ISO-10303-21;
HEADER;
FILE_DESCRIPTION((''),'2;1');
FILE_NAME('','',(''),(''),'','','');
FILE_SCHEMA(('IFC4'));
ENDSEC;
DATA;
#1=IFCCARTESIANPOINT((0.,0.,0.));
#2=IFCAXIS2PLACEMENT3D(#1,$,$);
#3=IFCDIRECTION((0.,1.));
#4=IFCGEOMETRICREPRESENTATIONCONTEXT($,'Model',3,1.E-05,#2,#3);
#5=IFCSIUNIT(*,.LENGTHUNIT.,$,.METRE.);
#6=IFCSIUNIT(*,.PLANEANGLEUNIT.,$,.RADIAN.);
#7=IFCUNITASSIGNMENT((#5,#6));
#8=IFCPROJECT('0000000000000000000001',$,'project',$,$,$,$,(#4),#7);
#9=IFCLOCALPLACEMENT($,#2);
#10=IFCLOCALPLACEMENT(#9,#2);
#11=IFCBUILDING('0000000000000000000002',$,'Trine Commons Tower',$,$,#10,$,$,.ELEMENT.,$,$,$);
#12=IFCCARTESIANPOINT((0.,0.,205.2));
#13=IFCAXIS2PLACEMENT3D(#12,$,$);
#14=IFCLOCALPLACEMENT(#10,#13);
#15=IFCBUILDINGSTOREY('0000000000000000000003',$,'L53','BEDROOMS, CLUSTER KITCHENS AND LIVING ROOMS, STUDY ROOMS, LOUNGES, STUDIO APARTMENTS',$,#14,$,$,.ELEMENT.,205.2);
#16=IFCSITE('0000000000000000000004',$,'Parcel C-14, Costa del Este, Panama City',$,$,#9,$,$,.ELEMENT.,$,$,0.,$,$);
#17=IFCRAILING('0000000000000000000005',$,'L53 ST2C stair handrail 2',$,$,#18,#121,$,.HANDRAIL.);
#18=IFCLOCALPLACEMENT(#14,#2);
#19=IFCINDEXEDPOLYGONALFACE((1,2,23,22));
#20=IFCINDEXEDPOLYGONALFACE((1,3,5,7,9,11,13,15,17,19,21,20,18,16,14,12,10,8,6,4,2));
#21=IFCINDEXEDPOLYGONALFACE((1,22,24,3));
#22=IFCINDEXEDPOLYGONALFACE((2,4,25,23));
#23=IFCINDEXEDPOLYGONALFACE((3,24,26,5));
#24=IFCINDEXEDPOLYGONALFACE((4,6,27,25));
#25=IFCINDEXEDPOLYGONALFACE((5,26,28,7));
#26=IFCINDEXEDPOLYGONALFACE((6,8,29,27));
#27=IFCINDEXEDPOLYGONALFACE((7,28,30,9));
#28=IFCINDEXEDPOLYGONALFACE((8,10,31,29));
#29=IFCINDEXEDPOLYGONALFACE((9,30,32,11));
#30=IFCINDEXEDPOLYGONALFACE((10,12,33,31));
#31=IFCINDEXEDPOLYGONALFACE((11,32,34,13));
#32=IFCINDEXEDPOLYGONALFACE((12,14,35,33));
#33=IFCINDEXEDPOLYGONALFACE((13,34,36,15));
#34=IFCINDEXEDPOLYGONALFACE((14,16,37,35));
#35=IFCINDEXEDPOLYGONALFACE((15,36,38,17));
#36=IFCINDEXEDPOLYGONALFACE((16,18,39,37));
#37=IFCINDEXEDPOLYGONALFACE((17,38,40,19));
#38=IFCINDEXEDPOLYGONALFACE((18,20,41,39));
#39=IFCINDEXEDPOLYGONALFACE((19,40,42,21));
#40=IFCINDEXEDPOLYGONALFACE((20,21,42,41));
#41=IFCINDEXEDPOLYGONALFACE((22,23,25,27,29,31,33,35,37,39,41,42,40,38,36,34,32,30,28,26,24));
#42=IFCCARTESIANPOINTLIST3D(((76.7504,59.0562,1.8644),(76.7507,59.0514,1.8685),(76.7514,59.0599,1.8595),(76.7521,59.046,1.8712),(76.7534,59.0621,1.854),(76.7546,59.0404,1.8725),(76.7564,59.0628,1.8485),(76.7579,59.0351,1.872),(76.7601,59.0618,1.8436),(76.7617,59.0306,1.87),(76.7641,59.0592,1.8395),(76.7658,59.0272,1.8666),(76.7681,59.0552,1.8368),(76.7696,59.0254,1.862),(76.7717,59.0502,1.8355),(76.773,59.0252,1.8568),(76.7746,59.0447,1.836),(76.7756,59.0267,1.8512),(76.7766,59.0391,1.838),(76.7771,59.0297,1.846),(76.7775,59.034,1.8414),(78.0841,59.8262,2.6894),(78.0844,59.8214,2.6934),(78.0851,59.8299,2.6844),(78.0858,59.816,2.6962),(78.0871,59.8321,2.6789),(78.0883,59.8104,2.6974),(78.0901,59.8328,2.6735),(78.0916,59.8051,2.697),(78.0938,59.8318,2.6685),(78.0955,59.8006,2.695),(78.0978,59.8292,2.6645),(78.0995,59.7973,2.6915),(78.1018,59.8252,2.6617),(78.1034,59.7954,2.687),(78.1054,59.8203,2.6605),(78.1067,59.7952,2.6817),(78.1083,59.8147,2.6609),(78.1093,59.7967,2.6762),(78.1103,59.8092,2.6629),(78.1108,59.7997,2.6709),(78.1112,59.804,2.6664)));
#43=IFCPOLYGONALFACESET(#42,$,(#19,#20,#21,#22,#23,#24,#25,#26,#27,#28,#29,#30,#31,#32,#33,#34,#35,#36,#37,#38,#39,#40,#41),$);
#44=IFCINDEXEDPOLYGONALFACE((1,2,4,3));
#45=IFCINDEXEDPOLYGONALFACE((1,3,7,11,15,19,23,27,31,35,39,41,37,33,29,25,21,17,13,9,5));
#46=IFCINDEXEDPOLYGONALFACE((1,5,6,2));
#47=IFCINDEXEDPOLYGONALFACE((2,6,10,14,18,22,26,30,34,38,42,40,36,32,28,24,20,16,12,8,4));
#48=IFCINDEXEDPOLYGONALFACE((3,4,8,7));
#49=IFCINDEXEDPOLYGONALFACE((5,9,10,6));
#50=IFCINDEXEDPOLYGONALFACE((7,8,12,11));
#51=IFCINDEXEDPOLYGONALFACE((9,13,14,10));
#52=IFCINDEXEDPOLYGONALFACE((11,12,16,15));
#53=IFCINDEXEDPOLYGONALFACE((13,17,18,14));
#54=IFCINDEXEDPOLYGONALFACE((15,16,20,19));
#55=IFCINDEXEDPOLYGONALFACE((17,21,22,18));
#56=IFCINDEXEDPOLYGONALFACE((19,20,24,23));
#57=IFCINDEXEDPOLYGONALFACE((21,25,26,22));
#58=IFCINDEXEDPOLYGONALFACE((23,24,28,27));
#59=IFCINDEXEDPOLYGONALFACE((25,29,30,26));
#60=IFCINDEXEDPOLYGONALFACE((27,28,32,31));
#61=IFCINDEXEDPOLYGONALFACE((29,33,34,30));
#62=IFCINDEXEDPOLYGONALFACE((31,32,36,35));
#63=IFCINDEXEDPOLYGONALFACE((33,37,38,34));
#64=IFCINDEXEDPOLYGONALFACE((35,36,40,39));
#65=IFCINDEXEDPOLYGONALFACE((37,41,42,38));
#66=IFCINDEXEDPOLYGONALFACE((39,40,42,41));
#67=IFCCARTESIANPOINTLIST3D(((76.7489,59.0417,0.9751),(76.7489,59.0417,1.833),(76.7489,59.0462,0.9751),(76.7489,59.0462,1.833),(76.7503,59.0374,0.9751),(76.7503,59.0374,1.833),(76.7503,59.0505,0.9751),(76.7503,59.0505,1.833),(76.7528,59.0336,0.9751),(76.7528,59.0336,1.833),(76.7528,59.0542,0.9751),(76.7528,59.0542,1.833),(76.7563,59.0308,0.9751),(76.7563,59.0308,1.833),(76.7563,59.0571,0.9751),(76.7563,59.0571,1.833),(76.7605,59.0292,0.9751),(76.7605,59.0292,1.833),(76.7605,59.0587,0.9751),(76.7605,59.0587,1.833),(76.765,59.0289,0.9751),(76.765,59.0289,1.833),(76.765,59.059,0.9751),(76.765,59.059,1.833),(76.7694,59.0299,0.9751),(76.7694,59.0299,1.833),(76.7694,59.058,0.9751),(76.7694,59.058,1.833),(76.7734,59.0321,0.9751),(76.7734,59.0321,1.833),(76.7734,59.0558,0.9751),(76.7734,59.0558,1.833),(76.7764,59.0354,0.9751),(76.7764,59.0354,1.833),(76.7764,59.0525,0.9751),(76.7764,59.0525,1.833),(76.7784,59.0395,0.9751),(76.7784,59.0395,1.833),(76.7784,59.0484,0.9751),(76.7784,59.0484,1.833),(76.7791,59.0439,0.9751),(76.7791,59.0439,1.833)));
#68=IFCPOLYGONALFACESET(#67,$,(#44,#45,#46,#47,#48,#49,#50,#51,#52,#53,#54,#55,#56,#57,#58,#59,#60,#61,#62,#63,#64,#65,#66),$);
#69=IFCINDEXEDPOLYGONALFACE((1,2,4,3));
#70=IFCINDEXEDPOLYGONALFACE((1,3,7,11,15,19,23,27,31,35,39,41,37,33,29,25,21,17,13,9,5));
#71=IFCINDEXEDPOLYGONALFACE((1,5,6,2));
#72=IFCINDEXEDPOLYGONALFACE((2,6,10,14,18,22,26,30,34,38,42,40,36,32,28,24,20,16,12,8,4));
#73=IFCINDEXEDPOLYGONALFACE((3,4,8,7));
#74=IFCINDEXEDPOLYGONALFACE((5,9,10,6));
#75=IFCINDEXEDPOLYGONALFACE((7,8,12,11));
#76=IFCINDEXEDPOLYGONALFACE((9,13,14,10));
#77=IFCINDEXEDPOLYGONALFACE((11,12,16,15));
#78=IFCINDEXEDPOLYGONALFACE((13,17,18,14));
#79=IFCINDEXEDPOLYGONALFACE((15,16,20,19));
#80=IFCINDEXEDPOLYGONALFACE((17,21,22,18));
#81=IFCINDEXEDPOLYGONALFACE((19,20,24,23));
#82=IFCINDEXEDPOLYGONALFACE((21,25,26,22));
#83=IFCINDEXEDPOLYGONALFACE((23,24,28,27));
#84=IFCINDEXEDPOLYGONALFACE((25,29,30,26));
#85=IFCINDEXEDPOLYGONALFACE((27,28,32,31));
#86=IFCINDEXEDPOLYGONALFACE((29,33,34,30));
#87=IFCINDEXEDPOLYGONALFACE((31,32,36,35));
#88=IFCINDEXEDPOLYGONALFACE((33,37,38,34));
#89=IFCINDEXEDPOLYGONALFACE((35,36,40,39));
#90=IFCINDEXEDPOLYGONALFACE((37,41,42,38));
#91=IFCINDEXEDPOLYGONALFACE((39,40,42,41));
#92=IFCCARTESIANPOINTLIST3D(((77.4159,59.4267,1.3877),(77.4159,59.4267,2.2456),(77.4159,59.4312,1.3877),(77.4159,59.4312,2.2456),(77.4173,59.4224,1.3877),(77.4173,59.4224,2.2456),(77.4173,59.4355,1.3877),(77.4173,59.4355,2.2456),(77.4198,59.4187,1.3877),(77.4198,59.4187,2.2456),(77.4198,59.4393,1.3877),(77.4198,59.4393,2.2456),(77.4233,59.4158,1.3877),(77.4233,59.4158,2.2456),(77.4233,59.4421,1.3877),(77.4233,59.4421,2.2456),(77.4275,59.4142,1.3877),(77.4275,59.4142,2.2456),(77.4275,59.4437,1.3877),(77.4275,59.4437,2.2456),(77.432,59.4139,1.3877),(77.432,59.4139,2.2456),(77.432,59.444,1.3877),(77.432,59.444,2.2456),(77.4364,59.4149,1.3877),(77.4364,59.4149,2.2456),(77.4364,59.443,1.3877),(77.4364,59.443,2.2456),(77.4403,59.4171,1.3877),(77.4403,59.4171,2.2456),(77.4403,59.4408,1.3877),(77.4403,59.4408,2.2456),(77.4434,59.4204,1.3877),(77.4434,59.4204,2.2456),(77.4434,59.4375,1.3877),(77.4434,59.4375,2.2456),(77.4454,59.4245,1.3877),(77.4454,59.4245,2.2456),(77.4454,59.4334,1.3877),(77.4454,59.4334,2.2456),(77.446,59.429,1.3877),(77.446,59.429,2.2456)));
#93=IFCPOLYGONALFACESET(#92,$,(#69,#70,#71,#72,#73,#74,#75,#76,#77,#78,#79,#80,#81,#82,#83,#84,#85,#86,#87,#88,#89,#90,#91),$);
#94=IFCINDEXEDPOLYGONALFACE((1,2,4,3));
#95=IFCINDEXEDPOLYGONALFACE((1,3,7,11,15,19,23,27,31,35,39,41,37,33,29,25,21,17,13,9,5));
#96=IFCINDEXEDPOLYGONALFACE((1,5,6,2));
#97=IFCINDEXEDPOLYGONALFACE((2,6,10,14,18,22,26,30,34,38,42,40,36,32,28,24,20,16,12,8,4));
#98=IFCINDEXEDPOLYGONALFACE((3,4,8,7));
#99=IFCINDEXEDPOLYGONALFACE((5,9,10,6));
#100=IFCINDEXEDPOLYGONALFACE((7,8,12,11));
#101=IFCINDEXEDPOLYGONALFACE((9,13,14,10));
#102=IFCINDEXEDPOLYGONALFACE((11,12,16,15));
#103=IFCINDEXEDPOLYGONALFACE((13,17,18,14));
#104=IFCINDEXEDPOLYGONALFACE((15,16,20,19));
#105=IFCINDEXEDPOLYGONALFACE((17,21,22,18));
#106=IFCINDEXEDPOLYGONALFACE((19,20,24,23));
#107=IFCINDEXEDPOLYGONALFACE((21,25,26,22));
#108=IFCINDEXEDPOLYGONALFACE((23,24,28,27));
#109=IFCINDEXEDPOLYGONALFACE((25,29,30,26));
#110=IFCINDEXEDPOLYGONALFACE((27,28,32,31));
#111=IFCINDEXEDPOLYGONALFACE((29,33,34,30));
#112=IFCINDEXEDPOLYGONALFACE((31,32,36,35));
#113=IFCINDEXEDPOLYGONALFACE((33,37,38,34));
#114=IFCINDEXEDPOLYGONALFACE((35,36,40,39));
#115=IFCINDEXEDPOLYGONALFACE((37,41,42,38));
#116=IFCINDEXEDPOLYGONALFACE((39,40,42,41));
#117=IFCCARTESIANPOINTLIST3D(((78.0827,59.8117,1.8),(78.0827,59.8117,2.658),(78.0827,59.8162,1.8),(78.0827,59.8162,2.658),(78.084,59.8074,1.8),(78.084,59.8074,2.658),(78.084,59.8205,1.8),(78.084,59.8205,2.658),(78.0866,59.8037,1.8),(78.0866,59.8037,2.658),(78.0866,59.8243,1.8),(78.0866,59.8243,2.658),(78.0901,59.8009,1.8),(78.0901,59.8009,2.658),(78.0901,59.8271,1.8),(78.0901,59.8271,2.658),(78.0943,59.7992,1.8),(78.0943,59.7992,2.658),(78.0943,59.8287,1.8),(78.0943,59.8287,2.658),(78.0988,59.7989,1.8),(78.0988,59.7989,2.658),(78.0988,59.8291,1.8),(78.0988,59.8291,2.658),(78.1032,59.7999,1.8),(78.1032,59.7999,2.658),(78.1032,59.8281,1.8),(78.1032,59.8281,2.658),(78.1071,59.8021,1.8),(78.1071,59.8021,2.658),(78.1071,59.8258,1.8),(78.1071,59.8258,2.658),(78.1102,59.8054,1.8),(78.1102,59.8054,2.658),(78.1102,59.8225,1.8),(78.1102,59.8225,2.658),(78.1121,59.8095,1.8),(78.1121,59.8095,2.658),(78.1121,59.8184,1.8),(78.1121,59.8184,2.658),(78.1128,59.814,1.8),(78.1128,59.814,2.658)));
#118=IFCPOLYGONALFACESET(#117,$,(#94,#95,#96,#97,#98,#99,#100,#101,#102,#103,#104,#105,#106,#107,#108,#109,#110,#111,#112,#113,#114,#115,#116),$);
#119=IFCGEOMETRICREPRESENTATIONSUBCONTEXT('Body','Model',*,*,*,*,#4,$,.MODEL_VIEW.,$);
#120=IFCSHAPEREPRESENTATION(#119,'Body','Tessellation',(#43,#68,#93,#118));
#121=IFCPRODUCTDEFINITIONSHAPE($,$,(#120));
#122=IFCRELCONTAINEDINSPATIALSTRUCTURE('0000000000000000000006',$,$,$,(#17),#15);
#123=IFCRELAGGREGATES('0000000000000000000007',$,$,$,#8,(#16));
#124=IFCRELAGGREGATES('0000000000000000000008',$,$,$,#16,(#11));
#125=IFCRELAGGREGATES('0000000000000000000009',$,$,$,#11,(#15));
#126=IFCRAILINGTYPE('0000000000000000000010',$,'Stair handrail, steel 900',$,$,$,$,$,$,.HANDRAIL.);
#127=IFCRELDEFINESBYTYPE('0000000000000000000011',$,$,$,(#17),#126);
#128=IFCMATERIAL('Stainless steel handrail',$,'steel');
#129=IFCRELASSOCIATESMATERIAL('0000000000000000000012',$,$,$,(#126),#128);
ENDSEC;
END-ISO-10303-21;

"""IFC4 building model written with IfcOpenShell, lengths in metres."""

from ifc_helpers import new_model, si_unit, direction, frame, origin, origin_2d, place, context, subcontext, project, spatial, circle, extrude, material, type_object, element, save


model = new_model("IFC4")

# Units and contexts
model_context = context("Model", 3, precision=1e-05, world=origin(), true_north=direction((0.0, 1.0)))
body_context = subcontext(model_context, "Body", "Model", "MODEL_VIEW")
ifc_project = project(units=[si_unit("LENGTHUNIT", "METRE"), si_unit("PLANEANGLEUNIT", "RADIAN")], contexts=[model_context])

# Site, building, storey
site_placement = place(None, origin())
site = spatial("IfcSite", under=ifc_project, at=site_placement, Name="Parcel C-14, Costa del Este, Panama City", CompositionType="ELEMENT", RefElevation=0.0)
building_placement = place(site_placement, origin())
building = spatial("IfcBuilding", under=site, at=building_placement, Name="Trine Commons Tower", CompositionType="ELEMENT")
storey_placement = place(building_placement, frame((0.0, 0.0, 205.2)))
storey = spatial("IfcBuildingStorey", under=building, at=storey_placement, Name="L53", Description="BEDROOMS, CLUSTER KITCHENS AND LIVING ROOMS, STUDY ROOMS, LOUNGES, STUDIO APARTMENTS", CompositionType="ELEMENT", Elevation=205.2)

# Railing
ifc_material_1 = material(Name="Stainless steel handrail", Category="steel")
railing_type = type_object("IfcRailingType", Name="Stair handrail, steel 900", PredefinedType="HANDRAIL", material=ifc_material_1)
for number, where, name in (
    (1, (76.7639, 59.0439, 0.9751), "L53 ST2C stair handrail 2"),
):
    element("IfcRailing", number, at=place(storey_placement, frame(where)), inside=storey, type_object=railing_type, Name=name, PredefinedType="HANDRAIL", context=body_context, shape_type="SweptSolid", body=[
        extrude(circle(Radius=0.021, at=origin_2d()), frame((0.0, 0.0, 0.8789), z_axis=(0.763405, 0.440743, 0.472185), x_axis=(-0.499992, 0.86603, 0.0)), (0.0, 0.0, 1.0), 1.7471),
        extrude(circle(Radius=0.0151, at=origin_2d()), origin(), (0.0, 0.0, 1.0), 0.8579),
        extrude(circle(Radius=0.0151, at=origin_2d()), frame((0.667, 0.385, 0.4126)), (0.0, 0.0, 1.0), 0.8579),
        extrude(circle(Radius=0.0151, at=origin_2d()), frame((1.3337, 0.77, 0.825)), (0.0, 0.0, 1.0), 0.8579),
    ])

save(model, "model.ifc")
